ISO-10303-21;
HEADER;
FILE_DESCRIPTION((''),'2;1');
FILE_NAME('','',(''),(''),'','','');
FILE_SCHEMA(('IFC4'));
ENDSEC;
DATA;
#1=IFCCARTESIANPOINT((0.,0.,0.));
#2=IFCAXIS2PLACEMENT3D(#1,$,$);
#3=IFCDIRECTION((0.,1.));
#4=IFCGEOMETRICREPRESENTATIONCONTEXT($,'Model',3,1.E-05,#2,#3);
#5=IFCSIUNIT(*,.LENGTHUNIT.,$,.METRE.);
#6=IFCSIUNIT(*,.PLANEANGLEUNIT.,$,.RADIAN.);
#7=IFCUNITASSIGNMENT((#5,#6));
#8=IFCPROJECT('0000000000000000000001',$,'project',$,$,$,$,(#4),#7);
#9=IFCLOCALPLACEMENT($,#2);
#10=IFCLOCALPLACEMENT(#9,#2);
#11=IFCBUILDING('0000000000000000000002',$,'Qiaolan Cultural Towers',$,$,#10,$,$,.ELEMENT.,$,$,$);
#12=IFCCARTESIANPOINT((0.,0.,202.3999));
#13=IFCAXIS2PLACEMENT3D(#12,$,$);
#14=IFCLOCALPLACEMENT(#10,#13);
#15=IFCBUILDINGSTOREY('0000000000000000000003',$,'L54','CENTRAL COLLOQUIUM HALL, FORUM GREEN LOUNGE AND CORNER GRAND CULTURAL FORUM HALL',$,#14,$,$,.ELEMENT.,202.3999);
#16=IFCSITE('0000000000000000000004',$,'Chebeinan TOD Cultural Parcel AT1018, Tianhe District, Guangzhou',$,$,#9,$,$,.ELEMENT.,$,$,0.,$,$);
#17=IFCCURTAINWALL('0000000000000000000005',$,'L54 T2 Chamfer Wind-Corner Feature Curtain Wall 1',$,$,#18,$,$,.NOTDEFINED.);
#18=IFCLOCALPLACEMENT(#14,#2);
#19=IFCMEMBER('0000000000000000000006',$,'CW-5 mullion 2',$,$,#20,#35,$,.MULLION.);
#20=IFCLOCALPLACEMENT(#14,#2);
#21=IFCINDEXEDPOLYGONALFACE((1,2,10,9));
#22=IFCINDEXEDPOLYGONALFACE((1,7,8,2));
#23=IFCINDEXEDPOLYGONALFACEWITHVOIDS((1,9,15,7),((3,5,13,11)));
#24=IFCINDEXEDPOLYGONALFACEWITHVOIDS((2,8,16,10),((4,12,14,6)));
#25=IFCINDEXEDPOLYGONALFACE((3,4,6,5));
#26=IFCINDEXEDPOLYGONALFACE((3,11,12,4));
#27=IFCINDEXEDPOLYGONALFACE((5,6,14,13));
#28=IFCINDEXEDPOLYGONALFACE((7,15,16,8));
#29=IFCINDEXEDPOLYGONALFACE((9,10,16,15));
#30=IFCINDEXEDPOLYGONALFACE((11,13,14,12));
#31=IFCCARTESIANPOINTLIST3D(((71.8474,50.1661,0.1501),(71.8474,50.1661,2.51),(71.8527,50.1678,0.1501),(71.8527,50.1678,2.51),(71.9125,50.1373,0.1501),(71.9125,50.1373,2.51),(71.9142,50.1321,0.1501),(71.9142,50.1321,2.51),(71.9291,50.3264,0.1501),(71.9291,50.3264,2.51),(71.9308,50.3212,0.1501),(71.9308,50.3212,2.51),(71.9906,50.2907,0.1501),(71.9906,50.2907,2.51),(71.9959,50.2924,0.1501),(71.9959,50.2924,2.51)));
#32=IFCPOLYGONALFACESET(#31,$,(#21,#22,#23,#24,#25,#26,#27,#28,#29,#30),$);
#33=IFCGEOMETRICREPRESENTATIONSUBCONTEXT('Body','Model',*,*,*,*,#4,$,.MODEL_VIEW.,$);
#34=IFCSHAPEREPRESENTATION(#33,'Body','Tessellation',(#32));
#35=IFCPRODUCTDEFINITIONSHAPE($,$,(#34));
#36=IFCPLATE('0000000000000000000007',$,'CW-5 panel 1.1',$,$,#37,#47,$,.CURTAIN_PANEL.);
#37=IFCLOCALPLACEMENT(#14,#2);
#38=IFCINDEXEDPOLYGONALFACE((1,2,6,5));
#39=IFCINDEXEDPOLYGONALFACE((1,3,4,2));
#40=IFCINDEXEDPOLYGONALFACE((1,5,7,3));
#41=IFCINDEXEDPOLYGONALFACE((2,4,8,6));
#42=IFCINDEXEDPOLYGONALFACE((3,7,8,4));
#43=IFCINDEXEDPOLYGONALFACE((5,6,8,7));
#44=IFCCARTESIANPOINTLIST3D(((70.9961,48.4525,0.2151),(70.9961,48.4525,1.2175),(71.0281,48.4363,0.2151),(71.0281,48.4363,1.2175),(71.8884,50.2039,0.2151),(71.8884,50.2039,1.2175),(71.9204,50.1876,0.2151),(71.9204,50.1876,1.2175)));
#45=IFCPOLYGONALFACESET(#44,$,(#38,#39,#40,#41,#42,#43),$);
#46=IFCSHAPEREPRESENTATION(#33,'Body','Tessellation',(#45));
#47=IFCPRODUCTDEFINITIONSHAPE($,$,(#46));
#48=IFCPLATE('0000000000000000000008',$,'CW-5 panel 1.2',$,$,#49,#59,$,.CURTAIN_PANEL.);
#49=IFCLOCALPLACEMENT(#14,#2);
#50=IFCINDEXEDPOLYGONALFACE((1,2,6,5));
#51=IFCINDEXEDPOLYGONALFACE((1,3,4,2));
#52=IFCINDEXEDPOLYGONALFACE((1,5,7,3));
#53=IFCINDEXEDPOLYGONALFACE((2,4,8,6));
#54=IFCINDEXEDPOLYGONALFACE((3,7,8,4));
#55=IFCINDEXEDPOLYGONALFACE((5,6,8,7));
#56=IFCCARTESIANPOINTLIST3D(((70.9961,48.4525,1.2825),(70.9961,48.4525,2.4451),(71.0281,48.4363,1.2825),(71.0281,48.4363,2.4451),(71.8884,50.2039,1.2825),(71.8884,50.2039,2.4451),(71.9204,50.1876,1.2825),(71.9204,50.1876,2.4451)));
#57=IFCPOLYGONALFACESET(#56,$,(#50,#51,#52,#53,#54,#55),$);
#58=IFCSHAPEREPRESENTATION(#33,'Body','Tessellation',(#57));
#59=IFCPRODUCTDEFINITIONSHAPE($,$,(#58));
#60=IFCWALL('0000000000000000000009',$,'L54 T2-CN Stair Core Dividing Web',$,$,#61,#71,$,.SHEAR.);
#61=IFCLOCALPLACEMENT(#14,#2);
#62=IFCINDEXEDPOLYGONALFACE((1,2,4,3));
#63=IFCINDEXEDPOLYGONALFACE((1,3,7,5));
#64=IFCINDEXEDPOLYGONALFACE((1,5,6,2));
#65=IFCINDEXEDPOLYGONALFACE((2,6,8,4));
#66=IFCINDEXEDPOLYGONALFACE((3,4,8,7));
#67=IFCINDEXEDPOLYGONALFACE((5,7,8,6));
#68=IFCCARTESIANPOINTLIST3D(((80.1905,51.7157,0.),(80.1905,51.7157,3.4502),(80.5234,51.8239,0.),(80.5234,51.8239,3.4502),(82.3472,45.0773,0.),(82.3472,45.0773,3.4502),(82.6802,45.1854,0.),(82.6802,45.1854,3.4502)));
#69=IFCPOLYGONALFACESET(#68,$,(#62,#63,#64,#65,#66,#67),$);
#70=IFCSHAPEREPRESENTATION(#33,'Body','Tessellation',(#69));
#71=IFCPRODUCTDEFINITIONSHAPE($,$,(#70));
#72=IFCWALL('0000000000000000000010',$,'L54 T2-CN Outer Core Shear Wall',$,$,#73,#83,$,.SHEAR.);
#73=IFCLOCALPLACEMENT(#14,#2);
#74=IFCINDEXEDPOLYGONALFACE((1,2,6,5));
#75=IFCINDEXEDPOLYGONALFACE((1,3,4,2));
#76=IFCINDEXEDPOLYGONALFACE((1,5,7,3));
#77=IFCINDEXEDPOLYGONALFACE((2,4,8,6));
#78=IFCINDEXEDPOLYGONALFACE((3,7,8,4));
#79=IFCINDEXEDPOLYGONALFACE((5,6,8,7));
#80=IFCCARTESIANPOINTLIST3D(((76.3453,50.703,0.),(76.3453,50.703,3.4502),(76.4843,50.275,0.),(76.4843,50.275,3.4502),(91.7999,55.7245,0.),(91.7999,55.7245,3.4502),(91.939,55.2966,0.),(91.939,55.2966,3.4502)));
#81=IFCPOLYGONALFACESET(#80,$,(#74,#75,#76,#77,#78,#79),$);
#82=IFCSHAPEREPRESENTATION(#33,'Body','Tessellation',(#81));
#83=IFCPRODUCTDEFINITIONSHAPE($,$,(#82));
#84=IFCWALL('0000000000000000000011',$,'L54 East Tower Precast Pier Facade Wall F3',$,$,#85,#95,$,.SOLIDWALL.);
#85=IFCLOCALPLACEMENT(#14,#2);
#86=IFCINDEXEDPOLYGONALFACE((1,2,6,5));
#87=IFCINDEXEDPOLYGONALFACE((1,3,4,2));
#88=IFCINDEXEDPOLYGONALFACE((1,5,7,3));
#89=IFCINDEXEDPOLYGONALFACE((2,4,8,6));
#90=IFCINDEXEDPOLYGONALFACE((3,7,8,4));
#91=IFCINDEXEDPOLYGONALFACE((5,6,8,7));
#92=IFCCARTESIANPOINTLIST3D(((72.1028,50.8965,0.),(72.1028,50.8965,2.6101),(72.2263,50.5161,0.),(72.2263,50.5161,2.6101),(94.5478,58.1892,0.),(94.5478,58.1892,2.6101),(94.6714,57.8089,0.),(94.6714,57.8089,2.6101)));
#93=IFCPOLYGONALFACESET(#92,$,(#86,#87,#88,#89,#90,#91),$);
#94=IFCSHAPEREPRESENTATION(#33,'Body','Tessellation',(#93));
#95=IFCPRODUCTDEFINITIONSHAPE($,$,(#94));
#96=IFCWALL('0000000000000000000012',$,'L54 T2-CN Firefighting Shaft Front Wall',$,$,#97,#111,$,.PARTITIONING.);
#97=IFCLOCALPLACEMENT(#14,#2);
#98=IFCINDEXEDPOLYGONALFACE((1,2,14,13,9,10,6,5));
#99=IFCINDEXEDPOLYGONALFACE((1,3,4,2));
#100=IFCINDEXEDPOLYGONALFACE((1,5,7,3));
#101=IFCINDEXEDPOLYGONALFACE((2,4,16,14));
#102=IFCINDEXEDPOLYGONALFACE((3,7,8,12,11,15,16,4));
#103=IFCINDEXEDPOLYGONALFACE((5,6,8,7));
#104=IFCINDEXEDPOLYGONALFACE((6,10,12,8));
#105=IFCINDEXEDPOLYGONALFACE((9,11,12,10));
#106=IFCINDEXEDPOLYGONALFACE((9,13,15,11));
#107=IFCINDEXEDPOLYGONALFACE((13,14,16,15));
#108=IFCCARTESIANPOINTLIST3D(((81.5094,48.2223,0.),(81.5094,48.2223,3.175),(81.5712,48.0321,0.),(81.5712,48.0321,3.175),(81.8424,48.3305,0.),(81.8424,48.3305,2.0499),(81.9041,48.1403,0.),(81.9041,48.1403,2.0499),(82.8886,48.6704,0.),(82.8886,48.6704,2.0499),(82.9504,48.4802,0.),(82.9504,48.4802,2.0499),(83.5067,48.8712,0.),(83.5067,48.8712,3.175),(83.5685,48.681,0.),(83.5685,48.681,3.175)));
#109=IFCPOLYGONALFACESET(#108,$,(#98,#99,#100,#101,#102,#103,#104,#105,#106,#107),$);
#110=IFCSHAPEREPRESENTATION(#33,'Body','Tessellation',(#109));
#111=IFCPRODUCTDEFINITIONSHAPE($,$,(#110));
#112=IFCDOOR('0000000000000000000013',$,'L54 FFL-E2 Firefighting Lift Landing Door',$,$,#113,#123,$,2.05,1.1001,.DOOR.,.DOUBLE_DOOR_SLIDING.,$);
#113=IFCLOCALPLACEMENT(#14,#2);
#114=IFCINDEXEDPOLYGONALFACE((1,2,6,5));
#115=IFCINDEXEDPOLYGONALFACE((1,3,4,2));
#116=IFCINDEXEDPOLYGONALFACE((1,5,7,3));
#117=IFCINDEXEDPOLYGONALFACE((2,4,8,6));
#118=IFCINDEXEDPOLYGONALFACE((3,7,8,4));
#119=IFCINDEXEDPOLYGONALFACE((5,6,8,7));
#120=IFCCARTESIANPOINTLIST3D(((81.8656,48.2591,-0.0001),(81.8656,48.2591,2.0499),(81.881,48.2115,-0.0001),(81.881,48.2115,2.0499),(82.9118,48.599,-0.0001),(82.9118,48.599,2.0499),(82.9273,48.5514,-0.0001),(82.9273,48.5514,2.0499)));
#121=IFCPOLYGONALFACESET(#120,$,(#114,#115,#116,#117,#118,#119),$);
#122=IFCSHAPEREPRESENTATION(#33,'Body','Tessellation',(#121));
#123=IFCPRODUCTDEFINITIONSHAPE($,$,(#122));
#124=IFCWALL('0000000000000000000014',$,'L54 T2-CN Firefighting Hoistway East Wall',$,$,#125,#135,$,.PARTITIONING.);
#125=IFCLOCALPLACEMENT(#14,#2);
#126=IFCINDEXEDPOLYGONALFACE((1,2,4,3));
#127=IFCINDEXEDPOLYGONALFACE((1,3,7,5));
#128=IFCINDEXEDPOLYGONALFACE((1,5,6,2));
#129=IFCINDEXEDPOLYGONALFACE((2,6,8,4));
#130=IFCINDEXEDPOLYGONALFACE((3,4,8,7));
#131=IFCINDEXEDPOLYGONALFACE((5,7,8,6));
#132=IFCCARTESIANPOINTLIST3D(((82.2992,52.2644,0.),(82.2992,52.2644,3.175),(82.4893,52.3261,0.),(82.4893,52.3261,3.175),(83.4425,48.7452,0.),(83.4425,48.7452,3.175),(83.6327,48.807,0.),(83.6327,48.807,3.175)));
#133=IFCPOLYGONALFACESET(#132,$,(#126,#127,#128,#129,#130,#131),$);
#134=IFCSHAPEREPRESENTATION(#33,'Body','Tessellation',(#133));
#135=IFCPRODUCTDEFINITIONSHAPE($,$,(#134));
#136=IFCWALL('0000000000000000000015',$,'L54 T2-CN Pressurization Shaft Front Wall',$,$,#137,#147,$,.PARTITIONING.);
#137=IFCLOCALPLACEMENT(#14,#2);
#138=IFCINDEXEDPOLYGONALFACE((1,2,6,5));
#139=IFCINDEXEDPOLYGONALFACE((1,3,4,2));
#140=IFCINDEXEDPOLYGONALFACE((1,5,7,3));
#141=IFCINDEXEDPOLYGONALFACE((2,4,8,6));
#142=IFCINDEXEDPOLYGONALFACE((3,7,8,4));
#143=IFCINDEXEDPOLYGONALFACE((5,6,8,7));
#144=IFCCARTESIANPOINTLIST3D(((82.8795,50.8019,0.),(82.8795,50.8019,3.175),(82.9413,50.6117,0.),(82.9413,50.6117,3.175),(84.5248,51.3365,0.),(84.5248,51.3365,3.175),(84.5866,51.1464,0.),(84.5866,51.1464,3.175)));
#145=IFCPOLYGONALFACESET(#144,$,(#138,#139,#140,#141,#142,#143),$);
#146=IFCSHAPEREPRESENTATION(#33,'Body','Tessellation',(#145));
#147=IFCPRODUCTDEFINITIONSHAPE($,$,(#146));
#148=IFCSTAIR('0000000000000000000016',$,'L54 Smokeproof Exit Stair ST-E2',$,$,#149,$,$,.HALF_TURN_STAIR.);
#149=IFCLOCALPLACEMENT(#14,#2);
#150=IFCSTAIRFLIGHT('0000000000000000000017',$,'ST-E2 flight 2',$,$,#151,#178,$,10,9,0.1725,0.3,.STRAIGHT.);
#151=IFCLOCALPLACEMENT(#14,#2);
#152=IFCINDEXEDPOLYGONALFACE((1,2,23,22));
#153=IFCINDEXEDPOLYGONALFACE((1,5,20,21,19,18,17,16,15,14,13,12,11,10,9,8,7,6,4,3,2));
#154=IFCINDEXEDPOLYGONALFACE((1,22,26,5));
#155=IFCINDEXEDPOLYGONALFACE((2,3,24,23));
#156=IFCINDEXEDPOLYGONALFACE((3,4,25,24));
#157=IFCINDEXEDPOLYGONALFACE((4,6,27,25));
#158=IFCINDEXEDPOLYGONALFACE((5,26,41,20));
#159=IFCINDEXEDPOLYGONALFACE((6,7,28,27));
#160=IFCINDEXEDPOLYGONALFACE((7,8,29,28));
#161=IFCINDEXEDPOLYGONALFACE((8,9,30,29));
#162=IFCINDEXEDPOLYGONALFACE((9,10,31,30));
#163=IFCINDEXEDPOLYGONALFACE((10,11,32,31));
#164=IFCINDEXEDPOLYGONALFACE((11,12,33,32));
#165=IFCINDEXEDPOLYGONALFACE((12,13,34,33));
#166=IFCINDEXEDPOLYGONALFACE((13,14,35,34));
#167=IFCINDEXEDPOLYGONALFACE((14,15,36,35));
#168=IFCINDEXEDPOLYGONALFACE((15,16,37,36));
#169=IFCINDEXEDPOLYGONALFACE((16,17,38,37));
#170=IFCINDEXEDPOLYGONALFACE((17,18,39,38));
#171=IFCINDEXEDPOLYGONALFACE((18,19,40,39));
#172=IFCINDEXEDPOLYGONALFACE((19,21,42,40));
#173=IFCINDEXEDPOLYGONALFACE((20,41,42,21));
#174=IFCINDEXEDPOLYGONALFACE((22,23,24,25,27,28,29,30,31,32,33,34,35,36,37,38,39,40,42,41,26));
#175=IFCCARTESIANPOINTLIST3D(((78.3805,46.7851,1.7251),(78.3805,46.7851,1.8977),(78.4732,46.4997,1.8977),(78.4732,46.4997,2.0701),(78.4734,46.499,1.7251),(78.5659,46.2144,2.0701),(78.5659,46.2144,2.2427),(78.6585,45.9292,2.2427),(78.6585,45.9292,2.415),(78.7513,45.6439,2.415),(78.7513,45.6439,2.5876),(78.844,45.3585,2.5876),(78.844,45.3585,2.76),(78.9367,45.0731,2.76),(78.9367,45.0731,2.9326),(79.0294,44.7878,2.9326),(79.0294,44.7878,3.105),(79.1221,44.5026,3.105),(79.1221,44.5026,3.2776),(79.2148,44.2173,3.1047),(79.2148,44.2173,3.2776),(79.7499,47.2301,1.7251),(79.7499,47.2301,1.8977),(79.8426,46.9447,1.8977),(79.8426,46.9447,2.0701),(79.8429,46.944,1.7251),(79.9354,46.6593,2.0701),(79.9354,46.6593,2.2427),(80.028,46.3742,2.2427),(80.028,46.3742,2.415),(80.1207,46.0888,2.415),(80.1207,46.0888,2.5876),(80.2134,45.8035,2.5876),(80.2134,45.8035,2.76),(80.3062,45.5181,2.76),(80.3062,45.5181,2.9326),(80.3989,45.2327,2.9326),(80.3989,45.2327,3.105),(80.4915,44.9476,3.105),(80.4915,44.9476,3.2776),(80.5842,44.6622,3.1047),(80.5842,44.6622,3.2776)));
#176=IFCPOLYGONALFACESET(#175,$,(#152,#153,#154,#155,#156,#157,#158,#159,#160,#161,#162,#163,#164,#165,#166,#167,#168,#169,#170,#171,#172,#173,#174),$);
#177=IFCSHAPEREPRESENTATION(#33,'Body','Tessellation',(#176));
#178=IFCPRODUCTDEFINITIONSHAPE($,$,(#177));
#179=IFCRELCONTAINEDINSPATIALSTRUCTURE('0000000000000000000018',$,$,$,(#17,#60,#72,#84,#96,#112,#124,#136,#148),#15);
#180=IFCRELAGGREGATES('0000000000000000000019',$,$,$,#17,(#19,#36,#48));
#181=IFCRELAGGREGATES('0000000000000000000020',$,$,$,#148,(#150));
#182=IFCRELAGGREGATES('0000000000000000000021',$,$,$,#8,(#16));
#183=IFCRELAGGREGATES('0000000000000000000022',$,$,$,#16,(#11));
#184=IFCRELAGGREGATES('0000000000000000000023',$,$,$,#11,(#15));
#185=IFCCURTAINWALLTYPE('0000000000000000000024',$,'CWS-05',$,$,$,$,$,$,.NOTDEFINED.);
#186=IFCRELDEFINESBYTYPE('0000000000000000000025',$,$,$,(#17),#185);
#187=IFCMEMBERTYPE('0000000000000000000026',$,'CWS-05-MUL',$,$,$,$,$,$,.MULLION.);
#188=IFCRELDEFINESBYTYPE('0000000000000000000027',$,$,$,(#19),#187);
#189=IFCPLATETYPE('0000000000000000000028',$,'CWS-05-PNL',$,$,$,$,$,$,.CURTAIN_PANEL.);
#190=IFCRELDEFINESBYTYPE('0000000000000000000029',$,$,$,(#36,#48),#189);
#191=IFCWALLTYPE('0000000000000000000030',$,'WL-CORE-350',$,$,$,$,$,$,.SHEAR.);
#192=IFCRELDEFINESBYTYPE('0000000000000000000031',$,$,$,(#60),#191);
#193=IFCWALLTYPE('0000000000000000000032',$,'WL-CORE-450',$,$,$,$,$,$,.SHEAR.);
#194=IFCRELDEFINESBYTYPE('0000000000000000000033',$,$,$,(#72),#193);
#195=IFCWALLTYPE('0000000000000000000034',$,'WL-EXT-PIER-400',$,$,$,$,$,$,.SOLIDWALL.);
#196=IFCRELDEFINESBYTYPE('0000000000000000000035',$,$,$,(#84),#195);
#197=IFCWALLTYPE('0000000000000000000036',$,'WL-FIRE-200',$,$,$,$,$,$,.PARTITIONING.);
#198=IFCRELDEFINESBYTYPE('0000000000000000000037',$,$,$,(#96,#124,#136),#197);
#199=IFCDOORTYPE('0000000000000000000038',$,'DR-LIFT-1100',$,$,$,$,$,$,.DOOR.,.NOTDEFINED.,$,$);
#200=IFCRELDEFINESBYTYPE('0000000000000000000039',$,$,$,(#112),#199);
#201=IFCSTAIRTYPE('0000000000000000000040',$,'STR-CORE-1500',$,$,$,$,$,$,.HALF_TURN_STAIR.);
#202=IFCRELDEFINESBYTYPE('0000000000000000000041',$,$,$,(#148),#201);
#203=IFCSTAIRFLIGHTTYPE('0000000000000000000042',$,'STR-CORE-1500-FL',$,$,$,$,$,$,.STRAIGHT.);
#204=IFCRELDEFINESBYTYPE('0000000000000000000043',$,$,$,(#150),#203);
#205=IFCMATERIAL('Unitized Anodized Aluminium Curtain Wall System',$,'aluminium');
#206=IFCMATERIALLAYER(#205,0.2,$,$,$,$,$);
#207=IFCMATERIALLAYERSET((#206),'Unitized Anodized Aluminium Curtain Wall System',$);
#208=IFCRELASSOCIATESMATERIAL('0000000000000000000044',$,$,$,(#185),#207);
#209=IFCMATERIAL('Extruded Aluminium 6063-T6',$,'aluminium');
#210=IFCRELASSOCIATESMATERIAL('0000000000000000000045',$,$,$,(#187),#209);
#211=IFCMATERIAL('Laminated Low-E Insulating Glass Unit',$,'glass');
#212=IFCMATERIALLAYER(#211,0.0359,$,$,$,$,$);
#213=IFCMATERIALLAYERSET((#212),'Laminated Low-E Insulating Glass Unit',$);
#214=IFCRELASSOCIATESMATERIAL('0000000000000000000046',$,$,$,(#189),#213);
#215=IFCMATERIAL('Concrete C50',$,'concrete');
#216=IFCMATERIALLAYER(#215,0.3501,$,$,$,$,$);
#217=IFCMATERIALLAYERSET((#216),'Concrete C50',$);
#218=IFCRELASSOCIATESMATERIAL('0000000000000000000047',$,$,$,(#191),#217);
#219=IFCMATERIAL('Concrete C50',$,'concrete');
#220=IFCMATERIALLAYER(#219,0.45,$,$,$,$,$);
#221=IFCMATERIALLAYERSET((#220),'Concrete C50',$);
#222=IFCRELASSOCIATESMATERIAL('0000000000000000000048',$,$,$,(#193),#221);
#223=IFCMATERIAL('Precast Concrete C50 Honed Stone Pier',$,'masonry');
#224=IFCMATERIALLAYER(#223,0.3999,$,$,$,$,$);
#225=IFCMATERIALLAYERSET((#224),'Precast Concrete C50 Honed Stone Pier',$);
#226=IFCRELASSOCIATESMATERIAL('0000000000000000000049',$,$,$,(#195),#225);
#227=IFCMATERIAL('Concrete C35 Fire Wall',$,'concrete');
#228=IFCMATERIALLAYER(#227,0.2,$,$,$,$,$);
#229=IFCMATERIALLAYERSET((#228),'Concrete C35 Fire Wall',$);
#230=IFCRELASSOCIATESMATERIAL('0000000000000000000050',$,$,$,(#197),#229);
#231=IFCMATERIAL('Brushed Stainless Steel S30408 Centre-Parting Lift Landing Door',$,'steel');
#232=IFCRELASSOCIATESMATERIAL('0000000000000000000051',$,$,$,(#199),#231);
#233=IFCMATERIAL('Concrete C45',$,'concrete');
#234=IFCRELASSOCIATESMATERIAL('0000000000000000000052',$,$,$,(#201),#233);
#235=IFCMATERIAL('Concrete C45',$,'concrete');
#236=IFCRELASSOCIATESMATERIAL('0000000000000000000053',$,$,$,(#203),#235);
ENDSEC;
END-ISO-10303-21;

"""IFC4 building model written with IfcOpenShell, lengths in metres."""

from ifc_helpers import new_model, si_unit, direction, frame, frame_2d, origin, origin_2d, place, context, subcontext, project, spatial, polyline, rectangle, hollow_rectangle, outline, extrude, material, layer, layer_set, material_profile, profile_set, type_object, element, fill, aggregate, save


model = new_model("IFC4")

# Units and contexts
model_context = context("Model", 3, precision=1e-05, world=origin(), true_north=direction((0.0, 1.0)))
body_context = subcontext(model_context, "Body", "Model", "MODEL_VIEW")
ifc_project = project(units=[si_unit("LENGTHUNIT", "METRE"), si_unit("PLANEANGLEUNIT", "RADIAN")], contexts=[model_context])

# Site, building, storey
site_placement = place(None, origin())
site = spatial("IfcSite", under=ifc_project, at=site_placement, Name="Chebeinan TOD Cultural Parcel AT1018, Tianhe District, Guangzhou", CompositionType="ELEMENT", RefElevation=0.0)
building_placement = place(site_placement, origin())
building = spatial("IfcBuilding", under=site, at=building_placement, Name="Qiaolan Cultural Towers", CompositionType="ELEMENT")
storey_placement = place(building_placement, frame((0.0, 0.0, 202.3999)))
storey = spatial("IfcBuildingStorey", under=building, at=storey_placement, Name="L54", Description="CENTRAL COLLOQUIUM HALL, FORUM GREEN LOUNGE AND CORNER GRAND CULTURAL FORUM HALL", CompositionType="ELEMENT", Elevation=202.3999)

# Curtain wall, member, plates
ifc_material_1 = material(Name="Unitized Anodized Aluminium Curtain Wall System", Category="aluminium")
ifc_layer_1 = layer(ifc_material_1, 0.2)
ifc_layer_set_1 = layer_set([ifc_layer_1], Name="Unitized Anodized Aluminium Curtain Wall System")
curtain_wall_type = type_object("IfcCurtainWallType", Name="CWS-05", PredefinedType="NOTDEFINED", material=ifc_layer_set_1)
curtain_wall_placement = place(storey_placement, origin())
curtain_wall = element("IfcCurtainWall", 1, at=curtain_wall_placement, inside=storey, type_object=curtain_wall_type, Name="L54 T2 Chamfer Wind-Corner Feature Curtain Wall 1", PredefinedType="NOTDEFINED")
ifc_material_2 = material(Name="Extruded Aluminium 6063-T6", Category="aluminium")
ifc_material_profile_1 = material_profile(ifc_material_2, hollow_rectangle(XDim=0.075, YDim=0.1799, WallThickness=0.0039, at=origin_2d()), Name="CWM-180x75x4")
ifc_profile_set_1 = profile_set([ifc_material_profile_1], Name="Extruded Aluminium 6063-T6")
member_type = type_object("IfcMemberType", Name="CWS-05-MUL", PredefinedType="MULLION", material=ifc_profile_set_1)
member_placement = place(storey_placement, frame((71.9216, 50.2292, 0.1501), z_axis=(0.0, 0.0, 1.0), x_axis=(-0.891007, 0.45399, 0.0)))
member = element("IfcMember", 2, at=member_placement, type_object=member_type, Name="CW-5 mullion 2", PredefinedType="MULLION", context=body_context, shape_type="SweptSolid", body=[
    extrude(hollow_rectangle(XDim=0.075, YDim=0.1799, WallThickness=0.0039, at=origin_2d()), origin(), (0.0, 0.0, 1.0), 2.3599),
])
ifc_material_3 = material(Name="Laminated Low-E Insulating Glass Unit", Category="glass")
ifc_layer_2 = layer(ifc_material_3, 0.0359)
ifc_layer_set_2 = layer_set([ifc_layer_2], Name="Laminated Low-E Insulating Glass Unit")
plate_type = type_object("IfcPlateType", Name="CWS-05-PNL", PredefinedType="CURTAIN_PANEL", material=ifc_layer_set_2)
plate_1_placement = place(storey_placement, frame((71.4583, 49.3201, 0.2151), z_axis=(0.0, 0.0, 1.0), x_axis=(0.45399, 0.891007, 0.0)))
plate_1 = element("IfcPlate", 3, at=plate_1_placement, type_object=plate_type, Name="CW-5 panel 1.1", PredefinedType="CURTAIN_PANEL", context=body_context, shape_type="SweptSolid", body=[
    extrude(rectangle(XDim=1.9656, YDim=0.0359, at=origin_2d()), origin(), (0.0, 0.0, 1.0), 1.0024),
])
plate_2_placement = place(storey_placement, frame((71.4583, 49.3201, 1.2825), z_axis=(0.0, 0.0, 1.0), x_axis=(0.45399, 0.891007, 0.0)))
plate_2 = element("IfcPlate", 4, at=plate_2_placement, type_object=plate_type, Name="CW-5 panel 1.2", PredefinedType="CURTAIN_PANEL", context=body_context, shape_type="SweptSolid", body=[
    extrude(rectangle(XDim=1.9656, YDim=0.0359, at=origin_2d()), origin(), (0.0, 0.0, 1.0), 1.1626),
])
aggregate(curtain_wall, [member, plate_1, plate_2])

# Walls
ifc_material_4 = material(Name="Concrete C50", Category="concrete")
ifc_layer_3 = layer(ifc_material_4, 0.3501)
ifc_layer_set_3 = layer_set([ifc_layer_3], Name="Concrete C50")
wall_type_1 = type_object("IfcWallType", Name="WL-CORE-350", PredefinedType="SHEAR", material=ifc_layer_set_3)
wall_1_placement = place(storey_placement, frame((82.5137, 45.1313, 0.0), z_axis=(0.0, 0.0, 1.0), x_axis=(-0.308989, 0.951066, 0.0)))
element("IfcWall", 5, at=wall_1_placement, inside=storey, type_object=wall_type_1, Name="L54 T2-CN Stair Core Dividing Web", PredefinedType="SHEAR", context=body_context, shape_type="SweptSolid", body=[
    extrude(rectangle(XDim=6.98, YDim=0.3501, at=frame_2d((3.49, 0.0))), origin(), (0.0, 0.0, 1.0), 3.4502),
])
ifc_material_5 = material(Name="Concrete C50", Category="concrete")
ifc_layer_4 = layer(ifc_material_5, 0.45)
ifc_layer_set_4 = layer_set([ifc_layer_4], Name="Concrete C50")
wall_type_2 = type_object("IfcWallType", Name="WL-CORE-450", PredefinedType="SHEAR", material=ifc_layer_set_4)
wall_2_placement = place(storey_placement, frame((76.4148, 50.489, 0.0), z_axis=(0.0, 0.0, 1.0), x_axis=(0.951057, 0.309016, 0.0)))
element("IfcWall", 6, at=wall_2_placement, inside=storey, type_object=wall_type_2, Name="L54 T2-CN Outer Core Shear Wall", PredefinedType="SHEAR", context=body_context, shape_type="SweptSolid", body=[
    extrude(rectangle(XDim=16.25, YDim=0.45, at=frame_2d((8.125, 0.0))), origin(), (0.0, 0.0, 1.0), 3.4502),
])
ifc_material_6 = material(Name="Precast Concrete C50 Honed Stone Pier", Category="masonry")
ifc_layer_5 = layer(ifc_material_6, 0.3999)
ifc_layer_set_5 = layer_set([ifc_layer_5], Name="Precast Concrete C50 Honed Stone Pier")
wall_type_3 = type_object("IfcWallType", Name="WL-EXT-PIER-400", PredefinedType="SOLIDWALL", material=ifc_layer_set_5)
wall_3_placement = place(storey_placement, frame((72.1646, 50.7063, 0.0), z_axis=(0.0, 0.0, 1.0), x_axis=(0.951058, 0.309012, 0.0)))
element("IfcWall", 7, at=wall_3_placement, inside=storey, type_object=wall_type_3, Name="L54 East Tower Precast Pier Facade Wall F3", PredefinedType="SOLIDWALL", context=body_context, shape_type="SweptSolid", body=[
    extrude(rectangle(XDim=23.6001, YDim=0.3999, at=frame_2d((11.8, 0.0))), origin(), (0.0, 0.0, 1.0), 2.6101),
])

# Wall, opening, door
ifc_material_7 = material(Name="Concrete C35 Fire Wall", Category="concrete")
ifc_layer_6 = layer(ifc_material_7, 0.2)
ifc_layer_set_6 = layer_set([ifc_layer_6], Name="Concrete C35 Fire Wall")
wall_type_4 = type_object("IfcWallType", Name="WL-FIRE-200", PredefinedType="PARTITIONING", material=ifc_layer_set_6)
wall_4_placement = place(storey_placement, frame((81.5403, 48.1272, 0.0), z_axis=(0.0, 0.0, 1.0), x_axis=(0.951062, 0.308999, 0.0)))
wall_4 = element("IfcWall", 8, at=wall_4_placement, inside=storey, type_object=wall_type_4, Name="L54 T2-CN Firefighting Shaft Front Wall", PredefinedType="PARTITIONING", context=body_context, shape_type="SweptSolid", body=[
    extrude(rectangle(XDim=2.1001, YDim=0.2, at=frame_2d((1.05, 0.0))), origin(), (0.0, 0.0, 1.0), 3.175),
])
opening_placement = place(wall_4_placement, frame((0.3501, 0.0, 0.0)))
opening = element("IfcOpeningElement", 9, at=opening_placement, cuts=wall_4, PredefinedType="OPENING", context=body_context, shape_type="SweptSolid", body=[
    extrude(rectangle(XDim=1.1001, YDim=2.05, at=frame_2d((0.55, 1.0249))), frame((0.0, 0.1099, 0.0), z_axis=(0.0, -1.0, 0.0), x_axis=(1.0, 0.0, 0.0)), (0.0, 0.0, 1.0), 0.22),
])
ifc_material_8 = material(Name="Brushed Stainless Steel S30408 Centre-Parting Lift Landing Door", Category="steel")
door_type = type_object("IfcDoorType", Name="DR-LIFT-1100", OperationType="NOTDEFINED", PredefinedType="DOOR", material=ifc_material_8)
door_placement = place(opening_placement, origin())
door = element("IfcDoor", 10, at=door_placement, inside=storey, type_object=door_type, Name="L54 FFL-E2 Firefighting Lift Landing Door", OperationType="DOUBLE_DOOR_SLIDING", OverallHeight=2.05, OverallWidth=1.1001, PredefinedType="DOOR", context=body_context, shape_type="SweptSolid", body=[
    extrude(rectangle(XDim=1.1001, YDim=2.05, at=frame_2d((0.55, 1.0249))), frame((0.0, 0.0249, 0.0), z_axis=(0.0, -1.0, 0.0), x_axis=(1.0, 0.0, 0.0)), (0.0, 0.0, 1.0), 0.05),
])
fill(opening, door)

# Walls
wall_5_placement = place(storey_placement, frame((83.5376, 48.7761, 0.0), z_axis=(0.0, 0.0, 1.0), x_axis=(-0.308994, 0.951064, 0.0)))
element("IfcWall", 11, at=wall_5_placement, inside=storey, type_object=wall_type_4, Name="L54 T2-CN Firefighting Hoistway East Wall", PredefinedType="PARTITIONING", context=body_context, shape_type="SweptSolid", body=[
    extrude(rectangle(XDim=3.7002, YDim=0.2, at=frame_2d((1.8501, 0.0))), origin(), (0.0, 0.0, 1.0), 3.175),
])
wall_6_placement = place(storey_placement, frame((82.9104, 50.7068, 0.0), z_axis=(0.0, 0.0, 1.0), x_axis=(0.951041, 0.309064, 0.0)))
element("IfcWall", 12, at=wall_6_placement, inside=storey, type_object=wall_type_4, Name="L54 T2-CN Pressurization Shaft Front Wall", PredefinedType="PARTITIONING", context=body_context, shape_type="SweptSolid", body=[
    extrude(rectangle(XDim=1.73, YDim=0.2, at=frame_2d((0.865, 0.0))), origin(), (0.0, 0.0, 1.0), 3.175),
])

# Stair, stair flight
ifc_material_9 = material(Name="Concrete C45", Category="concrete")
stair_type = type_object("IfcStairType", Name="STR-CORE-1500", PredefinedType="HALF_TURN_STAIR", material=ifc_material_9)
stair_placement = place(storey_placement, origin())
stair = element("IfcStair", 13, at=stair_placement, inside=storey, type_object=stair_type, Name="L54 Smokeproof Exit Stair ST-E2", PredefinedType="HALF_TURN_STAIR")
ifc_material_10 = material(Name="Concrete C45", Category="concrete")
stair_flight_type = type_object("IfcStairFlightType", Name="STR-CORE-1500-FL", PredefinedType="STRAIGHT", material=ifc_material_10)
stair_flight_placement = place(storey_placement, frame((79.0652, 47.0076, 1.7251), z_axis=(0.0, 0.0, 1.0), x_axis=(0.309017, -0.951057, 0.0)))
stair_flight = element("IfcStairFlight", 14, at=stair_flight_placement, type_object=stair_flight_type, Name="ST-E2 flight 2", NumberOfRisers=10, NumberOfTreads=9, PredefinedType="STRAIGHT", RiserHeight=0.1725, TreadLength=0.3, context=body_context, shape_type="SweptSolid", body=[
    extrude(outline(polyline([(0.0, 0.0), (0.0, 0.1726), (0.3, 0.1726), (0.3, 0.345), (0.6001, 0.345), (0.6001, 0.5176), (0.8999, 0.5176), (0.8999, 0.6899), (1.2, 0.6899), (1.2, 0.8625), (1.5, 0.8625), (1.5, 1.0349), (1.8, 1.0349), (1.8, 1.2075), (2.1001, 1.2075), (2.1001, 1.3799), (2.3999, 1.3799), (2.3999, 1.5525), (2.7, 1.5525), (2.7, 1.7251), (2.7, 1.3796), (0.3008, 0.0), (0.0, 0.0)])), frame((0.0, 0.72, 0.0), z_axis=(0.0, -1.0, 0.0), x_axis=(1.0, 0.0, 0.0)), (0.0, 0.0, 1.0), 1.4399),
])
aggregate(stair, [stair_flight])

save(model, "model.ifc")
